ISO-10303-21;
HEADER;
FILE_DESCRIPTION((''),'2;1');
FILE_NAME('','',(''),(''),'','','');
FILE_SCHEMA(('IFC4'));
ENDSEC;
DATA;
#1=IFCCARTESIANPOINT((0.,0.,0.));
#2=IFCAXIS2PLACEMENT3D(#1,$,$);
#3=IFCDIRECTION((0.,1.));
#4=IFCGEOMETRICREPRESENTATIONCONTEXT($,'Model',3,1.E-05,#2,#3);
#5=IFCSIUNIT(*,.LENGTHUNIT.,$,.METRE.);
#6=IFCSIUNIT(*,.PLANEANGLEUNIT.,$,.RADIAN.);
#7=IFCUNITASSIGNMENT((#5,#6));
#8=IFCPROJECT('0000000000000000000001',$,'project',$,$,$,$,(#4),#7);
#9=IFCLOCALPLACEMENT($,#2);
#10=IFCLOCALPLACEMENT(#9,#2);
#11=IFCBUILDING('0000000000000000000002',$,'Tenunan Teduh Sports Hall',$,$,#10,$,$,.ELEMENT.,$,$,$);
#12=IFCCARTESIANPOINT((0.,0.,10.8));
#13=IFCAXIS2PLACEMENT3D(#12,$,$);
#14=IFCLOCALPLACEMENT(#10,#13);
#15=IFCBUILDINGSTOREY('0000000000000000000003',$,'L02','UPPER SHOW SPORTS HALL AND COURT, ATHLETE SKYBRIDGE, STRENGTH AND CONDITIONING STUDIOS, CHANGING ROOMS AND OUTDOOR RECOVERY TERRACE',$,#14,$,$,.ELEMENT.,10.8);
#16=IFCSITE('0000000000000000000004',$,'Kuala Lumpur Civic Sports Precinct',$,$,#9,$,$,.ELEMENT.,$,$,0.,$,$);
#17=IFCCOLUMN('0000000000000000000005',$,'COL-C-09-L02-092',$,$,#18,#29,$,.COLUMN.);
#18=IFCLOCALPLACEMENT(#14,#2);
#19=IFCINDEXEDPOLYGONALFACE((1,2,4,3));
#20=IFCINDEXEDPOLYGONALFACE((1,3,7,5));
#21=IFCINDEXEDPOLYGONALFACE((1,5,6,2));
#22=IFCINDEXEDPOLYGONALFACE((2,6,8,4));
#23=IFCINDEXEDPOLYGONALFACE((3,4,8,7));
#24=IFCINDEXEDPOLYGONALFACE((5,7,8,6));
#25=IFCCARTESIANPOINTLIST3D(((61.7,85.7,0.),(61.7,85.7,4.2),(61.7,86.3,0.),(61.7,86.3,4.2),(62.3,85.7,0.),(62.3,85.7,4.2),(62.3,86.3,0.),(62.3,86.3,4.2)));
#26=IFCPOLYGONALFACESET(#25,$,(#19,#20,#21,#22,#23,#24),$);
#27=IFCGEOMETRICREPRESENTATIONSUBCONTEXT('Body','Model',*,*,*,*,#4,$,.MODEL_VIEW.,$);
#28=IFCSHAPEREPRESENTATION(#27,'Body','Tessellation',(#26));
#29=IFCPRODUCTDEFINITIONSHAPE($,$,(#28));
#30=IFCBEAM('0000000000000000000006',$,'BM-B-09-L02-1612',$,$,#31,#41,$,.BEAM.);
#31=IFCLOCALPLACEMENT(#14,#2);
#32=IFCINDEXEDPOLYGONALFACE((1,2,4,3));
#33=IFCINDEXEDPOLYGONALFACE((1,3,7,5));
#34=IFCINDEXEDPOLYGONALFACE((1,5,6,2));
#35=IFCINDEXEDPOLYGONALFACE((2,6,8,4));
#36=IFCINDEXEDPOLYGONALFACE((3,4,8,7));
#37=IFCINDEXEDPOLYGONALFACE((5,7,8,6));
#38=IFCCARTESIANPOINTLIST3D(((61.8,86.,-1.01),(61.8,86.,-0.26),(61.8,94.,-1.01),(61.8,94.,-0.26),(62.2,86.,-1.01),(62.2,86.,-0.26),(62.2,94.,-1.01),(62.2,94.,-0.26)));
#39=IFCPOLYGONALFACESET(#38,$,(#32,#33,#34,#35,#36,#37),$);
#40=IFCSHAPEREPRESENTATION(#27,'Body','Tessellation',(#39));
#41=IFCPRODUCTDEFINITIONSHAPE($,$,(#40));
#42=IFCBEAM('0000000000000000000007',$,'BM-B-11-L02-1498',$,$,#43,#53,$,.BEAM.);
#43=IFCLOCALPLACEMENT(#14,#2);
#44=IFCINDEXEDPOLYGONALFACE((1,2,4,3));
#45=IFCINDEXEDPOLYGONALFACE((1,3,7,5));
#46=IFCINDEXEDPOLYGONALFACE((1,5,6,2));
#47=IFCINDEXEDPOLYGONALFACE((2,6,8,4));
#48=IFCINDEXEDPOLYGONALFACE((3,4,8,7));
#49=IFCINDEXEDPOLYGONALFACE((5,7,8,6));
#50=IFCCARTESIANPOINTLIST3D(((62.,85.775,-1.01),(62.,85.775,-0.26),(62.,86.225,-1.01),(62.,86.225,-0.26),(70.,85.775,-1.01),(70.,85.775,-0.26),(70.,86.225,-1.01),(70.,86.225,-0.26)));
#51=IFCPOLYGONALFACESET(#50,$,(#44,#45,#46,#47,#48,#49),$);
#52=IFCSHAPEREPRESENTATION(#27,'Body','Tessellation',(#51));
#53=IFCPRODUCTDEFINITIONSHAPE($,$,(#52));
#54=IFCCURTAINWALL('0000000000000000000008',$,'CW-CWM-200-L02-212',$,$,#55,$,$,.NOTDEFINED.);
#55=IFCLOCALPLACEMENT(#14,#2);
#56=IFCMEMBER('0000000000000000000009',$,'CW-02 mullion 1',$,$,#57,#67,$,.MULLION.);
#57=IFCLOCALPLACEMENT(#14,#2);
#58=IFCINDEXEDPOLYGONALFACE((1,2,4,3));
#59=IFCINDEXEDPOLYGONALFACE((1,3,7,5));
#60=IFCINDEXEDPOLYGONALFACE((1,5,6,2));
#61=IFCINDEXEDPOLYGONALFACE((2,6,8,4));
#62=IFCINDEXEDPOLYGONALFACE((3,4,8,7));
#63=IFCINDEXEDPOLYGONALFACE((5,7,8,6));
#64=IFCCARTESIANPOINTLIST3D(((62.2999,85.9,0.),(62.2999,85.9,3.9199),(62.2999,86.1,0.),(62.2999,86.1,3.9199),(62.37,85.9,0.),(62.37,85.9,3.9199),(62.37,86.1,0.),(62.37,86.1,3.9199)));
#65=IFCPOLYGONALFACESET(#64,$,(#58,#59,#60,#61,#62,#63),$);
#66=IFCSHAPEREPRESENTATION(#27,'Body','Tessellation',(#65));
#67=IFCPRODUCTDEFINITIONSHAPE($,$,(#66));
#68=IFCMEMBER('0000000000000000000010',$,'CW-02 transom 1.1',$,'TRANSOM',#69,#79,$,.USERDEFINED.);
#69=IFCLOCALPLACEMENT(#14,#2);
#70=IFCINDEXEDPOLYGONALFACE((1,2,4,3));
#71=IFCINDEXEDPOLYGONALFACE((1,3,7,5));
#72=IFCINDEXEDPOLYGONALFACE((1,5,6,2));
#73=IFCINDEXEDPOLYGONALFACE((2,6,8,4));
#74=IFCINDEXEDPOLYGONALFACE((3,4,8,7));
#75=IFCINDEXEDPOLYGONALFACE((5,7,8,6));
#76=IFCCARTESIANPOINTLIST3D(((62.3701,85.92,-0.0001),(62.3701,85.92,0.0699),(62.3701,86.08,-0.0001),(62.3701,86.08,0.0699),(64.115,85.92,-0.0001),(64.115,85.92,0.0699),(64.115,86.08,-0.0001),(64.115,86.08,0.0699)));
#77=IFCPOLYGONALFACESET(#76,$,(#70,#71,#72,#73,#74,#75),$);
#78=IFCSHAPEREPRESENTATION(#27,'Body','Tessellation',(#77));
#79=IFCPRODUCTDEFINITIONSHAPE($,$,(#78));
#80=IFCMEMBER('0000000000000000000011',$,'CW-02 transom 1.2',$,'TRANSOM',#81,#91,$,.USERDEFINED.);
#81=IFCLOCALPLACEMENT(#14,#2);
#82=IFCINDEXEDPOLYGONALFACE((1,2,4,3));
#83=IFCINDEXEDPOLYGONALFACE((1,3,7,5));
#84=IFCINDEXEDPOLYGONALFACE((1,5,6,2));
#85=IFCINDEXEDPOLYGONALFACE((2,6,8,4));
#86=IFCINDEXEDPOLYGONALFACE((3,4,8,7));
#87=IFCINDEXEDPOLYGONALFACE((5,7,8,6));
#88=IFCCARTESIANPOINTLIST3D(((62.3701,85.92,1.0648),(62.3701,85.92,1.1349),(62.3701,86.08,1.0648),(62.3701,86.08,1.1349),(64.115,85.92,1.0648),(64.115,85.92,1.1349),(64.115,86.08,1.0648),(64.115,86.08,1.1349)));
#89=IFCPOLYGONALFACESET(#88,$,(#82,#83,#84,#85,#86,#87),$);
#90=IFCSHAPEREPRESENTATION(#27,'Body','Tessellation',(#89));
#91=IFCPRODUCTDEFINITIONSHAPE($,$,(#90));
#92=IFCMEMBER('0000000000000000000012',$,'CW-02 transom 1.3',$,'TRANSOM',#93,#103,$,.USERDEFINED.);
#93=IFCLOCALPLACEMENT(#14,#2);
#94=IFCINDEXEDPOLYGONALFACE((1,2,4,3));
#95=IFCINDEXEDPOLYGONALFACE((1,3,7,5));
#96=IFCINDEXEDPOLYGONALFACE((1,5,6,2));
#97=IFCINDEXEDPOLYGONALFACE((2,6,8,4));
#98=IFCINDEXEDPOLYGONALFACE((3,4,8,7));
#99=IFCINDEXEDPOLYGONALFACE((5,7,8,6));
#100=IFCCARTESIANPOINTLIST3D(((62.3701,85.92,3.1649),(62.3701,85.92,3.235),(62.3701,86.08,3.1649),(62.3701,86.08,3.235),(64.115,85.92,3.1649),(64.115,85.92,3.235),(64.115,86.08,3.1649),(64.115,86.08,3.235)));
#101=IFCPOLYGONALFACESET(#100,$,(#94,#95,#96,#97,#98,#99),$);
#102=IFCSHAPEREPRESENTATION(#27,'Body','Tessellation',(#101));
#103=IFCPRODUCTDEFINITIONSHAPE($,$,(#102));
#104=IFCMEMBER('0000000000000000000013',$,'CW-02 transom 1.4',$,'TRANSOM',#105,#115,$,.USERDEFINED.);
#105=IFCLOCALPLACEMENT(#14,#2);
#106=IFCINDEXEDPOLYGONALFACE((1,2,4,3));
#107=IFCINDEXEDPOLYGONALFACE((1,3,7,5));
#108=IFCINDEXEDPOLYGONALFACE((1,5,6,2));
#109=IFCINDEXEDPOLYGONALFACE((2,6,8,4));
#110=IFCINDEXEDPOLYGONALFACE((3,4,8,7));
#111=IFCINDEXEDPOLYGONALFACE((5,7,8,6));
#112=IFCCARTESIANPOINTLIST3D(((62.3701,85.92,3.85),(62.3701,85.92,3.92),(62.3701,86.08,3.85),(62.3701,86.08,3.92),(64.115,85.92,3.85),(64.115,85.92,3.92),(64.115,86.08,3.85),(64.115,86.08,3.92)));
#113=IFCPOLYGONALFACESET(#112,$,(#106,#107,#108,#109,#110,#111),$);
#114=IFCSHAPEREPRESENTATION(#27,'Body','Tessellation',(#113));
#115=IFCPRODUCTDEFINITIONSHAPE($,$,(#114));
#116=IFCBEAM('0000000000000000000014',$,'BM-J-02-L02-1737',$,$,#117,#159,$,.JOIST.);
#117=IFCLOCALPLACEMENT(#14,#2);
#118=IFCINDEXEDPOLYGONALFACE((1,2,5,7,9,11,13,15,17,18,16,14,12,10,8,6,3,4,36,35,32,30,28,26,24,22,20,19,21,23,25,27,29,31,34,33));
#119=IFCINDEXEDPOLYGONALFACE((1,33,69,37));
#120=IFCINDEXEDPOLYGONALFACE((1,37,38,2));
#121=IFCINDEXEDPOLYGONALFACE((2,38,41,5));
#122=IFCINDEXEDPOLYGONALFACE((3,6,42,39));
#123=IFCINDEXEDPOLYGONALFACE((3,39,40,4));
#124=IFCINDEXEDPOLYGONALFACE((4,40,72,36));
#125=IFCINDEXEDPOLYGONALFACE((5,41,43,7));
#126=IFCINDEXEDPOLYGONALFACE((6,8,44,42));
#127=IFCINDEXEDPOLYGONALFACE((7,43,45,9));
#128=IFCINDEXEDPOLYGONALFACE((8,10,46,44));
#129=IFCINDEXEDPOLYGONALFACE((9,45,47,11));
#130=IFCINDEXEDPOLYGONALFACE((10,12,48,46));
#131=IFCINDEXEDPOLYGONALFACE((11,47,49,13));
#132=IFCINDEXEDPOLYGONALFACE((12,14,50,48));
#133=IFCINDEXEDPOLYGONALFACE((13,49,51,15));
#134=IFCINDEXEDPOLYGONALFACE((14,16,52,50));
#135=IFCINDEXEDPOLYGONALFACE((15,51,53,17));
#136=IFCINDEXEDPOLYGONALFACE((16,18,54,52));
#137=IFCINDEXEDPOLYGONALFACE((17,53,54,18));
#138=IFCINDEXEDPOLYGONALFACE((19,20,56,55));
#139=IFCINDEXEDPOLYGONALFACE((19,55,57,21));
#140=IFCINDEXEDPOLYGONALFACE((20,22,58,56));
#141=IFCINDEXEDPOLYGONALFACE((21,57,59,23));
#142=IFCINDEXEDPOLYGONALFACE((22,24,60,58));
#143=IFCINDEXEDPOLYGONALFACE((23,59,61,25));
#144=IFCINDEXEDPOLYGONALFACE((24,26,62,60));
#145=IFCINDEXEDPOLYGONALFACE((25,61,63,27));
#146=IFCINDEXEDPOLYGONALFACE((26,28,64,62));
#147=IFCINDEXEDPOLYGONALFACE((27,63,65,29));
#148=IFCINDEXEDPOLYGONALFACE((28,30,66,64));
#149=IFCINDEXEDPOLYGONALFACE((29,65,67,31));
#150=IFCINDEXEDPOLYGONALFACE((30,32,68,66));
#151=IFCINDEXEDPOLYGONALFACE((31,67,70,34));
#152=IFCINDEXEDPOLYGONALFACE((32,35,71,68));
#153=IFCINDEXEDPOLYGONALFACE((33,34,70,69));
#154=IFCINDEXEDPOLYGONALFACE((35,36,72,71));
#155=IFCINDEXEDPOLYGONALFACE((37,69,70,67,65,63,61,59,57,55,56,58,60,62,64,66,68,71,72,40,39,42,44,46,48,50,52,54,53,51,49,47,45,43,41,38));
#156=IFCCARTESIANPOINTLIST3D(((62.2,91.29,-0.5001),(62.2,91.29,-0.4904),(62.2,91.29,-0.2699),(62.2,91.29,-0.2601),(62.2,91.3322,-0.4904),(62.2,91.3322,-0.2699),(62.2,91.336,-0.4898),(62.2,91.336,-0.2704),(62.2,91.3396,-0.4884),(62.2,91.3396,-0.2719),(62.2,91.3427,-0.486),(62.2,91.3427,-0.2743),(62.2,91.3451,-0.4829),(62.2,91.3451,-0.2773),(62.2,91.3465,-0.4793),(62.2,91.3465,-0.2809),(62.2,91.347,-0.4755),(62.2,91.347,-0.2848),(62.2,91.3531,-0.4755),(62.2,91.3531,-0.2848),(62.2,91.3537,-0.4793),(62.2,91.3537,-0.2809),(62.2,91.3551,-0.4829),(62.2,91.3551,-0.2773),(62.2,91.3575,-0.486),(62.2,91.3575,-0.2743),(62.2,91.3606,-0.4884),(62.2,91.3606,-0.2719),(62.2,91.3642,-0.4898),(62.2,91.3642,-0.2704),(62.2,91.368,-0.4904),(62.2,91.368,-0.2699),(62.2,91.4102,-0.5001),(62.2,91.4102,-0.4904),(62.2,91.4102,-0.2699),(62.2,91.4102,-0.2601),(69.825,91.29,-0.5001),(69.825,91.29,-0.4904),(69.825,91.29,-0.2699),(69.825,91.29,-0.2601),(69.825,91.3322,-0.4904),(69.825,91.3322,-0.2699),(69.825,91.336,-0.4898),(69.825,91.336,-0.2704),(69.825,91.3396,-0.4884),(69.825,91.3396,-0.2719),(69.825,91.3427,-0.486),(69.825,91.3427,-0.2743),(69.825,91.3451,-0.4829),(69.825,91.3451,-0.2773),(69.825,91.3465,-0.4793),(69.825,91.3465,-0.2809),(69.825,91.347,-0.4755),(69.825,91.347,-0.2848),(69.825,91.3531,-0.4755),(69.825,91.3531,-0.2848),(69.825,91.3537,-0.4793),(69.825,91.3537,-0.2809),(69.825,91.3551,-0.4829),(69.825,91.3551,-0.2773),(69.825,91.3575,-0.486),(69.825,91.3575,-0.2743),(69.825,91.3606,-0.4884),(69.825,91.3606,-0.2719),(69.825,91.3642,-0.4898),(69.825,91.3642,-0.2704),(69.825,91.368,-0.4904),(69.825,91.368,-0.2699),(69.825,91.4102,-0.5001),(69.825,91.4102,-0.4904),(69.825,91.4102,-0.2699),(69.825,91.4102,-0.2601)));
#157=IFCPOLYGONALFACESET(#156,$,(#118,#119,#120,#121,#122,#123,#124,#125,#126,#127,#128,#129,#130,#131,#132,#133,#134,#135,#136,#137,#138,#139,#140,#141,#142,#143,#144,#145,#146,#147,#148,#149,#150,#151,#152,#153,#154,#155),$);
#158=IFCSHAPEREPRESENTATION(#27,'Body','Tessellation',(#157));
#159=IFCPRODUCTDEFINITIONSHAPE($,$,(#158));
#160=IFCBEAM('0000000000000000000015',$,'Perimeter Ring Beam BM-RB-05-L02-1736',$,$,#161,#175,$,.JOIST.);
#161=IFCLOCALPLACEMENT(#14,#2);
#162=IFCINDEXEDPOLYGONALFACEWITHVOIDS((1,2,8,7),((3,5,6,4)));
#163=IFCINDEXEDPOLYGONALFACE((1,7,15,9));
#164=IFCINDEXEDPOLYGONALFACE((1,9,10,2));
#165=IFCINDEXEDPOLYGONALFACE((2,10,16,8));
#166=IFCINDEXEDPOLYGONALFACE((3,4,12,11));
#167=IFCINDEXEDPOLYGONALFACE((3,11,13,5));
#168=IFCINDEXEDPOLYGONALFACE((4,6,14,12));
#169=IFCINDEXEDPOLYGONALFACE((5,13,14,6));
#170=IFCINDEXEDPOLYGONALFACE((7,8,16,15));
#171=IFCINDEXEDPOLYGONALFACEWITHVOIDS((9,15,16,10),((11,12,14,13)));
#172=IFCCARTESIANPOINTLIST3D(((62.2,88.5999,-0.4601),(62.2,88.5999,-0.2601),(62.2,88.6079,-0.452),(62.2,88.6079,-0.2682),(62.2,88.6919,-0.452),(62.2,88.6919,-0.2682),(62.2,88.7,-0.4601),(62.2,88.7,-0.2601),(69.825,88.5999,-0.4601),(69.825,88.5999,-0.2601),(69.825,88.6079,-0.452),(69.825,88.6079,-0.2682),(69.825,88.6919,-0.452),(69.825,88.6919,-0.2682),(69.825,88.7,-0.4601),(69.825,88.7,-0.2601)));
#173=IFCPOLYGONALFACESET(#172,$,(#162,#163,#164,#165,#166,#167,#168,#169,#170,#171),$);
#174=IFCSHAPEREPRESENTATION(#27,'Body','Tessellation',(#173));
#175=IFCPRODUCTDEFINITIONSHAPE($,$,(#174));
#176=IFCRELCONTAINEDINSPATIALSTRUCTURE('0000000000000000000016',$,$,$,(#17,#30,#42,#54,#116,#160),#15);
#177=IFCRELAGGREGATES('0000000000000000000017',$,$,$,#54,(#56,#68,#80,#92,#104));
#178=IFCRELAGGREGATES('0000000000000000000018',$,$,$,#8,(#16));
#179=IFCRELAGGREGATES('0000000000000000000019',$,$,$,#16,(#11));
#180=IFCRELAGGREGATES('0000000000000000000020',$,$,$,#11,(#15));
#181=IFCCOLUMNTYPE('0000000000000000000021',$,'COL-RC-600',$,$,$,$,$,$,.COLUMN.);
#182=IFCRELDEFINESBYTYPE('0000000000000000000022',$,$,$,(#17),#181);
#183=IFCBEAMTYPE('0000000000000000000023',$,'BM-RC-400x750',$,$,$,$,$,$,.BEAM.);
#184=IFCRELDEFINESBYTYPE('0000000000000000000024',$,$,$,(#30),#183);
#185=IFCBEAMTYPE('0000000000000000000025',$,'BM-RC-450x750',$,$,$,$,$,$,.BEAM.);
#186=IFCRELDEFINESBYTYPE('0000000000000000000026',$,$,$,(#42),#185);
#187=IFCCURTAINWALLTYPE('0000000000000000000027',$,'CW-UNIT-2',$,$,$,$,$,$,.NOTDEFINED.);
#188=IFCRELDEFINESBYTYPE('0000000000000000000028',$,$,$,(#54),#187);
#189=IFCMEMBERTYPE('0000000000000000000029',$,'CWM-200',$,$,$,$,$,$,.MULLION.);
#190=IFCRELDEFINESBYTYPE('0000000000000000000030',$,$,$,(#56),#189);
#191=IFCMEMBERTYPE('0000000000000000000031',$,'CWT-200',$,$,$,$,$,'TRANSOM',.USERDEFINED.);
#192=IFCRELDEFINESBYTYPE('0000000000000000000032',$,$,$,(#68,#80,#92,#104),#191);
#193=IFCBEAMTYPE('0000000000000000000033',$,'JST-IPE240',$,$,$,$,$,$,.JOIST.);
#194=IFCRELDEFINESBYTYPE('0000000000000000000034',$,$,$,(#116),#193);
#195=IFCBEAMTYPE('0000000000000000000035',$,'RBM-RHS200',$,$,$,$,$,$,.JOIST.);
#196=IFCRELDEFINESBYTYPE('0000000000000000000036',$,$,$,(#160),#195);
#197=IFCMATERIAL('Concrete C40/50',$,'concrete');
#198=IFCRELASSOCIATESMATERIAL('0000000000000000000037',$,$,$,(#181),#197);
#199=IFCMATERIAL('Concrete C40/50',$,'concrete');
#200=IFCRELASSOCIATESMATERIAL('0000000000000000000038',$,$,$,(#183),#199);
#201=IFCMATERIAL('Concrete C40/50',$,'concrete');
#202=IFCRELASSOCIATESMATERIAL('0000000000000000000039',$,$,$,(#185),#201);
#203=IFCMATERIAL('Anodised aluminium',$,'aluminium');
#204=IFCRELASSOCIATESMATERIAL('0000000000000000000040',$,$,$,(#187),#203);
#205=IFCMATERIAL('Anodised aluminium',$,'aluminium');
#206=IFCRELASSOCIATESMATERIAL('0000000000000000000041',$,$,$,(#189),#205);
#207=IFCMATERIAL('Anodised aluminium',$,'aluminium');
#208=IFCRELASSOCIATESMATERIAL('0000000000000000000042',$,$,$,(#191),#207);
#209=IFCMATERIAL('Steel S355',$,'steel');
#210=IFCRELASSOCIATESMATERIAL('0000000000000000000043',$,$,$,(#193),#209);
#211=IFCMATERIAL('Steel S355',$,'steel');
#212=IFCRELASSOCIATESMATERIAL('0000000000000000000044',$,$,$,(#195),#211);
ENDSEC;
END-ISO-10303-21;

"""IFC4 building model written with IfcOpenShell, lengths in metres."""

from ifc_helpers import new_model, si_unit, direction, frame, origin, origin_2d, place, context, subcontext, project, spatial, rectangle, hollow_rectangle, i_section, extrude, material, material_profile, profile_set, type_object, element, aggregate, save


model = new_model("IFC4")

# Units and contexts
model_context = context("Model", 3, precision=1e-05, world=origin(), true_north=direction((0.0, 1.0)))
body_context = subcontext(model_context, "Body", "Model", "MODEL_VIEW")
ifc_project = project(units=[si_unit("LENGTHUNIT", "METRE"), si_unit("PLANEANGLEUNIT", "RADIAN")], contexts=[model_context])

# Site, building, storey
site_placement = place(None, origin())
site = spatial("IfcSite", under=ifc_project, at=site_placement, Name="Kuala Lumpur Civic Sports Precinct", CompositionType="ELEMENT", RefElevation=0.0)
building_placement = place(site_placement, origin())
building = spatial("IfcBuilding", under=site, at=building_placement, Name="Tenunan Teduh Sports Hall", CompositionType="ELEMENT")
storey_placement = place(building_placement, frame((0.0, 0.0, 10.8)))
storey = spatial("IfcBuildingStorey", under=building, at=storey_placement, Name="L02", Description="UPPER SHOW SPORTS HALL AND COURT, ATHLETE SKYBRIDGE, STRENGTH AND CONDITIONING STUDIOS, CHANGING ROOMS AND OUTDOOR RECOVERY TERRACE", CompositionType="ELEMENT", Elevation=10.8)

# Column
ifc_material_1 = material(Name="Concrete C40/50", Category="concrete")
ifc_material_profile_1 = material_profile(ifc_material_1, rectangle(XDim=0.6001, YDim=0.6001, at=origin_2d()), Name="RC 600x600")
ifc_profile_set_1 = profile_set([ifc_material_profile_1], Name="Concrete C40/50")
column_type = type_object("IfcColumnType", Name="COL-RC-600", PredefinedType="COLUMN", material=ifc_profile_set_1)
column_placement = place(storey_placement, frame((62.0, 86.0, 0.0), z_axis=(0.0, 0.0, 1.0), x_axis=(1.0, 0.0, 0.0)))
element("IfcColumn", 1, at=column_placement, inside=storey, type_object=column_type, Name="COL-C-09-L02-092", PredefinedType="COLUMN", context=body_context, shape_type="SweptSolid", body=[
    extrude(rectangle(XDim=0.6001, YDim=0.6001, at=origin_2d()), origin(), (0.0, 0.0, 1.0), 4.2),
])

# Beams
ifc_material_2 = material(Name="Concrete C40/50", Category="concrete")
ifc_material_profile_2 = material_profile(ifc_material_2, rectangle(XDim=0.3999, YDim=0.75, at=origin_2d()), Name="RCB 400x750")
ifc_profile_set_2 = profile_set([ifc_material_profile_2], Name="Concrete C40/50")
beam_type_1 = type_object("IfcBeamType", Name="BM-RC-400x750", PredefinedType="BEAM", material=ifc_profile_set_2)
beam_1_placement = place(storey_placement, frame((62.0, 86.0, -0.635), z_axis=(0.0, 1.0, 0.0), x_axis=(-1.0, 0.0, 0.0)))
element("IfcBeam", 2, at=beam_1_placement, inside=storey, type_object=beam_type_1, Name="BM-B-09-L02-1612", PredefinedType="BEAM", context=body_context, shape_type="SweptSolid", body=[
    extrude(rectangle(XDim=0.3999, YDim=0.75, at=origin_2d()), origin(), (0.0, 0.0, 1.0), 8.0),
])
ifc_material_3 = material(Name="Concrete C40/50", Category="concrete")
ifc_material_profile_3 = material_profile(ifc_material_3, rectangle(XDim=0.45, YDim=0.75, at=origin_2d()), Name="RCB 450x750")
ifc_profile_set_3 = profile_set([ifc_material_profile_3], Name="Concrete C40/50")
beam_type_2 = type_object("IfcBeamType", Name="BM-RC-450x750", PredefinedType="BEAM", material=ifc_profile_set_3)
beam_2_placement = place(storey_placement, frame((62.0, 86.0, -0.635), z_axis=(1.0, 0.0, 0.0), x_axis=(0.0, 1.0, 0.0)))
element("IfcBeam", 3, at=beam_2_placement, inside=storey, type_object=beam_type_2, Name="BM-B-11-L02-1498", PredefinedType="BEAM", context=body_context, shape_type="SweptSolid", body=[
    extrude(rectangle(XDim=0.45, YDim=0.75, at=origin_2d()), origin(), (0.0, 0.0, 1.0), 8.0),
])

# Curtain wall, members
ifc_material_4 = material(Name="Anodised aluminium", Category="aluminium")
curtain_wall_type = type_object("IfcCurtainWallType", Name="CW-UNIT-2", PredefinedType="NOTDEFINED", material=ifc_material_4)
curtain_wall_placement = place(storey_placement, origin())
curtain_wall = element("IfcCurtainWall", 4, at=curtain_wall_placement, inside=storey, type_object=curtain_wall_type, Name="CW-CWM-200-L02-212", PredefinedType="NOTDEFINED")
ifc_material_5 = material(Name="Anodised aluminium", Category="aluminium")
ifc_material_profile_4 = material_profile(ifc_material_5, rectangle(XDim=0.0701, YDim=0.2, at=origin_2d()), Name="CWM 70x200")
ifc_profile_set_4 = profile_set([ifc_material_profile_4], Name="Anodised aluminium")
member_type_1 = type_object("IfcMemberType", Name="CWM-200", PredefinedType="MULLION", material=ifc_profile_set_4)
member_1_placement = place(storey_placement, frame((62.335, 86.0, 0.0), z_axis=(0.0, 0.0, 1.0), x_axis=(1.0, 0.0, 0.0)))
member_1 = element("IfcMember", 5, at=member_1_placement, type_object=member_type_1, Name="CW-02 mullion 1", PredefinedType="MULLION", context=body_context, shape_type="SweptSolid", body=[
    extrude(rectangle(XDim=0.0701, YDim=0.2, at=origin_2d()), origin(), (0.0, 0.0, 1.0), 3.9199),
])
ifc_material_6 = material(Name="Anodised aluminium", Category="aluminium")
ifc_material_profile_5 = material_profile(ifc_material_6, rectangle(XDim=0.0701, YDim=0.1599, at=origin_2d()), Name="CWT 70x160")
ifc_profile_set_5 = profile_set([ifc_material_profile_5], Name="Anodised aluminium")
member_type_2 = type_object("IfcMemberType", Name="CWT-200", ElementType="TRANSOM", PredefinedType="USERDEFINED", material=ifc_profile_set_5)
member_2_placement = place(storey_placement, frame((62.3701, 86.0, 0.0349), z_axis=(1.0, 0.0, 0.0), x_axis=(0.0, 0.0, 1.0)))
member_2 = element("IfcMember", 6, at=member_2_placement, type_object=member_type_2, Name="CW-02 transom 1.1", ObjectType="TRANSOM", PredefinedType="USERDEFINED", context=body_context, shape_type="SweptSolid", body=[
    extrude(rectangle(XDim=0.0701, YDim=0.1599, at=origin_2d()), origin(), (0.0, 0.0, 1.0), 1.7449),
])
member_3_placement = place(storey_placement, frame((62.3701, 86.0, 1.0999), z_axis=(1.0, 0.0, 0.0), x_axis=(0.0, 0.0, 1.0)))
member_3 = element("IfcMember", 7, at=member_3_placement, type_object=member_type_2, Name="CW-02 transom 1.2", ObjectType="TRANSOM", PredefinedType="USERDEFINED", context=body_context, shape_type="SweptSolid", body=[
    extrude(rectangle(XDim=0.0701, YDim=0.1599, at=origin_2d()), origin(), (0.0, 0.0, 1.0), 1.7449),
])
member_4_placement = place(storey_placement, frame((62.3701, 86.0, 3.2), z_axis=(1.0, 0.0, 0.0), x_axis=(0.0, 0.0, 1.0)))
member_4 = element("IfcMember", 8, at=member_4_placement, type_object=member_type_2, Name="CW-02 transom 1.3", ObjectType="TRANSOM", PredefinedType="USERDEFINED", context=body_context, shape_type="SweptSolid", body=[
    extrude(rectangle(XDim=0.0701, YDim=0.1599, at=origin_2d()), origin(), (0.0, 0.0, 1.0), 1.7449),
])
member_5_placement = place(storey_placement, frame((62.3701, 86.0, 3.885), z_axis=(1.0, 0.0, 0.0), x_axis=(0.0, 0.0, 1.0)))
member_5 = element("IfcMember", 9, at=member_5_placement, type_object=member_type_2, Name="CW-02 transom 1.4", ObjectType="TRANSOM", PredefinedType="USERDEFINED", context=body_context, shape_type="SweptSolid", body=[
    extrude(rectangle(XDim=0.0701, YDim=0.1599, at=origin_2d()), origin(), (0.0, 0.0, 1.0), 1.7449),
])

# Beams
ifc_material_7 = material(Name="Steel S355", Category="steel")
ifc_material_profile_6 = material_profile(ifc_material_7, i_section(OverallWidth=0.1201, OverallDepth=0.24, WebThickness=0.0061, FlangeThickness=0.0098, FilletRadius=0.0149, at=origin_2d()), Name="IPE 240")
ifc_profile_set_6 = profile_set([ifc_material_profile_6], Name="Steel S355")
beam_type_3 = type_object("IfcBeamType", Name="JST-IPE240", PredefinedType="JOIST", material=ifc_profile_set_6)
beam_3_placement = place(storey_placement, frame((62.2, 91.3501, -0.3801), z_axis=(1.0, 0.0, 0.0), x_axis=(0.0, 1.0, 0.0)))
element("IfcBeam", 10, at=beam_3_placement, inside=storey, type_object=beam_type_3, Name="BM-J-02-L02-1737", PredefinedType="JOIST", context=body_context, shape_type="SweptSolid", body=[
    extrude(i_section(OverallWidth=0.1201, OverallDepth=0.24, WebThickness=0.0061, FlangeThickness=0.0098, FilletRadius=0.0149, at=origin_2d()), origin(), (0.0, 0.0, 1.0), 7.625),
])
ifc_material_8 = material(Name="Steel S355", Category="steel")
ifc_material_profile_7 = material_profile(ifc_material_8, hollow_rectangle(XDim=0.1001, YDim=0.2, WallThickness=0.0081, at=origin_2d()), Name="RHS 200x100x8.0")
ifc_profile_set_7 = profile_set([ifc_material_profile_7], Name="Steel S355")
beam_type_4 = type_object("IfcBeamType", Name="RBM-RHS200", PredefinedType="JOIST", material=ifc_profile_set_7)
beam_4_placement = place(storey_placement, frame((62.2, 88.6499, -0.3601), z_axis=(1.0, 0.0, 0.0), x_axis=(0.0, 1.0, 0.0)))
element("IfcBeam", 11, at=beam_4_placement, inside=storey, type_object=beam_type_4, Name="Perimeter Ring Beam BM-RB-05-L02-1736", PredefinedType="JOIST", context=body_context, shape_type="SweptSolid", body=[
    extrude(hollow_rectangle(XDim=0.1001, YDim=0.2, WallThickness=0.0081, at=origin_2d()), origin(), (0.0, 0.0, 1.0), 7.625),
])

aggregate(curtain_wall, [member_1, member_2, member_3, member_4, member_5])

save(model, "model.ifc")
